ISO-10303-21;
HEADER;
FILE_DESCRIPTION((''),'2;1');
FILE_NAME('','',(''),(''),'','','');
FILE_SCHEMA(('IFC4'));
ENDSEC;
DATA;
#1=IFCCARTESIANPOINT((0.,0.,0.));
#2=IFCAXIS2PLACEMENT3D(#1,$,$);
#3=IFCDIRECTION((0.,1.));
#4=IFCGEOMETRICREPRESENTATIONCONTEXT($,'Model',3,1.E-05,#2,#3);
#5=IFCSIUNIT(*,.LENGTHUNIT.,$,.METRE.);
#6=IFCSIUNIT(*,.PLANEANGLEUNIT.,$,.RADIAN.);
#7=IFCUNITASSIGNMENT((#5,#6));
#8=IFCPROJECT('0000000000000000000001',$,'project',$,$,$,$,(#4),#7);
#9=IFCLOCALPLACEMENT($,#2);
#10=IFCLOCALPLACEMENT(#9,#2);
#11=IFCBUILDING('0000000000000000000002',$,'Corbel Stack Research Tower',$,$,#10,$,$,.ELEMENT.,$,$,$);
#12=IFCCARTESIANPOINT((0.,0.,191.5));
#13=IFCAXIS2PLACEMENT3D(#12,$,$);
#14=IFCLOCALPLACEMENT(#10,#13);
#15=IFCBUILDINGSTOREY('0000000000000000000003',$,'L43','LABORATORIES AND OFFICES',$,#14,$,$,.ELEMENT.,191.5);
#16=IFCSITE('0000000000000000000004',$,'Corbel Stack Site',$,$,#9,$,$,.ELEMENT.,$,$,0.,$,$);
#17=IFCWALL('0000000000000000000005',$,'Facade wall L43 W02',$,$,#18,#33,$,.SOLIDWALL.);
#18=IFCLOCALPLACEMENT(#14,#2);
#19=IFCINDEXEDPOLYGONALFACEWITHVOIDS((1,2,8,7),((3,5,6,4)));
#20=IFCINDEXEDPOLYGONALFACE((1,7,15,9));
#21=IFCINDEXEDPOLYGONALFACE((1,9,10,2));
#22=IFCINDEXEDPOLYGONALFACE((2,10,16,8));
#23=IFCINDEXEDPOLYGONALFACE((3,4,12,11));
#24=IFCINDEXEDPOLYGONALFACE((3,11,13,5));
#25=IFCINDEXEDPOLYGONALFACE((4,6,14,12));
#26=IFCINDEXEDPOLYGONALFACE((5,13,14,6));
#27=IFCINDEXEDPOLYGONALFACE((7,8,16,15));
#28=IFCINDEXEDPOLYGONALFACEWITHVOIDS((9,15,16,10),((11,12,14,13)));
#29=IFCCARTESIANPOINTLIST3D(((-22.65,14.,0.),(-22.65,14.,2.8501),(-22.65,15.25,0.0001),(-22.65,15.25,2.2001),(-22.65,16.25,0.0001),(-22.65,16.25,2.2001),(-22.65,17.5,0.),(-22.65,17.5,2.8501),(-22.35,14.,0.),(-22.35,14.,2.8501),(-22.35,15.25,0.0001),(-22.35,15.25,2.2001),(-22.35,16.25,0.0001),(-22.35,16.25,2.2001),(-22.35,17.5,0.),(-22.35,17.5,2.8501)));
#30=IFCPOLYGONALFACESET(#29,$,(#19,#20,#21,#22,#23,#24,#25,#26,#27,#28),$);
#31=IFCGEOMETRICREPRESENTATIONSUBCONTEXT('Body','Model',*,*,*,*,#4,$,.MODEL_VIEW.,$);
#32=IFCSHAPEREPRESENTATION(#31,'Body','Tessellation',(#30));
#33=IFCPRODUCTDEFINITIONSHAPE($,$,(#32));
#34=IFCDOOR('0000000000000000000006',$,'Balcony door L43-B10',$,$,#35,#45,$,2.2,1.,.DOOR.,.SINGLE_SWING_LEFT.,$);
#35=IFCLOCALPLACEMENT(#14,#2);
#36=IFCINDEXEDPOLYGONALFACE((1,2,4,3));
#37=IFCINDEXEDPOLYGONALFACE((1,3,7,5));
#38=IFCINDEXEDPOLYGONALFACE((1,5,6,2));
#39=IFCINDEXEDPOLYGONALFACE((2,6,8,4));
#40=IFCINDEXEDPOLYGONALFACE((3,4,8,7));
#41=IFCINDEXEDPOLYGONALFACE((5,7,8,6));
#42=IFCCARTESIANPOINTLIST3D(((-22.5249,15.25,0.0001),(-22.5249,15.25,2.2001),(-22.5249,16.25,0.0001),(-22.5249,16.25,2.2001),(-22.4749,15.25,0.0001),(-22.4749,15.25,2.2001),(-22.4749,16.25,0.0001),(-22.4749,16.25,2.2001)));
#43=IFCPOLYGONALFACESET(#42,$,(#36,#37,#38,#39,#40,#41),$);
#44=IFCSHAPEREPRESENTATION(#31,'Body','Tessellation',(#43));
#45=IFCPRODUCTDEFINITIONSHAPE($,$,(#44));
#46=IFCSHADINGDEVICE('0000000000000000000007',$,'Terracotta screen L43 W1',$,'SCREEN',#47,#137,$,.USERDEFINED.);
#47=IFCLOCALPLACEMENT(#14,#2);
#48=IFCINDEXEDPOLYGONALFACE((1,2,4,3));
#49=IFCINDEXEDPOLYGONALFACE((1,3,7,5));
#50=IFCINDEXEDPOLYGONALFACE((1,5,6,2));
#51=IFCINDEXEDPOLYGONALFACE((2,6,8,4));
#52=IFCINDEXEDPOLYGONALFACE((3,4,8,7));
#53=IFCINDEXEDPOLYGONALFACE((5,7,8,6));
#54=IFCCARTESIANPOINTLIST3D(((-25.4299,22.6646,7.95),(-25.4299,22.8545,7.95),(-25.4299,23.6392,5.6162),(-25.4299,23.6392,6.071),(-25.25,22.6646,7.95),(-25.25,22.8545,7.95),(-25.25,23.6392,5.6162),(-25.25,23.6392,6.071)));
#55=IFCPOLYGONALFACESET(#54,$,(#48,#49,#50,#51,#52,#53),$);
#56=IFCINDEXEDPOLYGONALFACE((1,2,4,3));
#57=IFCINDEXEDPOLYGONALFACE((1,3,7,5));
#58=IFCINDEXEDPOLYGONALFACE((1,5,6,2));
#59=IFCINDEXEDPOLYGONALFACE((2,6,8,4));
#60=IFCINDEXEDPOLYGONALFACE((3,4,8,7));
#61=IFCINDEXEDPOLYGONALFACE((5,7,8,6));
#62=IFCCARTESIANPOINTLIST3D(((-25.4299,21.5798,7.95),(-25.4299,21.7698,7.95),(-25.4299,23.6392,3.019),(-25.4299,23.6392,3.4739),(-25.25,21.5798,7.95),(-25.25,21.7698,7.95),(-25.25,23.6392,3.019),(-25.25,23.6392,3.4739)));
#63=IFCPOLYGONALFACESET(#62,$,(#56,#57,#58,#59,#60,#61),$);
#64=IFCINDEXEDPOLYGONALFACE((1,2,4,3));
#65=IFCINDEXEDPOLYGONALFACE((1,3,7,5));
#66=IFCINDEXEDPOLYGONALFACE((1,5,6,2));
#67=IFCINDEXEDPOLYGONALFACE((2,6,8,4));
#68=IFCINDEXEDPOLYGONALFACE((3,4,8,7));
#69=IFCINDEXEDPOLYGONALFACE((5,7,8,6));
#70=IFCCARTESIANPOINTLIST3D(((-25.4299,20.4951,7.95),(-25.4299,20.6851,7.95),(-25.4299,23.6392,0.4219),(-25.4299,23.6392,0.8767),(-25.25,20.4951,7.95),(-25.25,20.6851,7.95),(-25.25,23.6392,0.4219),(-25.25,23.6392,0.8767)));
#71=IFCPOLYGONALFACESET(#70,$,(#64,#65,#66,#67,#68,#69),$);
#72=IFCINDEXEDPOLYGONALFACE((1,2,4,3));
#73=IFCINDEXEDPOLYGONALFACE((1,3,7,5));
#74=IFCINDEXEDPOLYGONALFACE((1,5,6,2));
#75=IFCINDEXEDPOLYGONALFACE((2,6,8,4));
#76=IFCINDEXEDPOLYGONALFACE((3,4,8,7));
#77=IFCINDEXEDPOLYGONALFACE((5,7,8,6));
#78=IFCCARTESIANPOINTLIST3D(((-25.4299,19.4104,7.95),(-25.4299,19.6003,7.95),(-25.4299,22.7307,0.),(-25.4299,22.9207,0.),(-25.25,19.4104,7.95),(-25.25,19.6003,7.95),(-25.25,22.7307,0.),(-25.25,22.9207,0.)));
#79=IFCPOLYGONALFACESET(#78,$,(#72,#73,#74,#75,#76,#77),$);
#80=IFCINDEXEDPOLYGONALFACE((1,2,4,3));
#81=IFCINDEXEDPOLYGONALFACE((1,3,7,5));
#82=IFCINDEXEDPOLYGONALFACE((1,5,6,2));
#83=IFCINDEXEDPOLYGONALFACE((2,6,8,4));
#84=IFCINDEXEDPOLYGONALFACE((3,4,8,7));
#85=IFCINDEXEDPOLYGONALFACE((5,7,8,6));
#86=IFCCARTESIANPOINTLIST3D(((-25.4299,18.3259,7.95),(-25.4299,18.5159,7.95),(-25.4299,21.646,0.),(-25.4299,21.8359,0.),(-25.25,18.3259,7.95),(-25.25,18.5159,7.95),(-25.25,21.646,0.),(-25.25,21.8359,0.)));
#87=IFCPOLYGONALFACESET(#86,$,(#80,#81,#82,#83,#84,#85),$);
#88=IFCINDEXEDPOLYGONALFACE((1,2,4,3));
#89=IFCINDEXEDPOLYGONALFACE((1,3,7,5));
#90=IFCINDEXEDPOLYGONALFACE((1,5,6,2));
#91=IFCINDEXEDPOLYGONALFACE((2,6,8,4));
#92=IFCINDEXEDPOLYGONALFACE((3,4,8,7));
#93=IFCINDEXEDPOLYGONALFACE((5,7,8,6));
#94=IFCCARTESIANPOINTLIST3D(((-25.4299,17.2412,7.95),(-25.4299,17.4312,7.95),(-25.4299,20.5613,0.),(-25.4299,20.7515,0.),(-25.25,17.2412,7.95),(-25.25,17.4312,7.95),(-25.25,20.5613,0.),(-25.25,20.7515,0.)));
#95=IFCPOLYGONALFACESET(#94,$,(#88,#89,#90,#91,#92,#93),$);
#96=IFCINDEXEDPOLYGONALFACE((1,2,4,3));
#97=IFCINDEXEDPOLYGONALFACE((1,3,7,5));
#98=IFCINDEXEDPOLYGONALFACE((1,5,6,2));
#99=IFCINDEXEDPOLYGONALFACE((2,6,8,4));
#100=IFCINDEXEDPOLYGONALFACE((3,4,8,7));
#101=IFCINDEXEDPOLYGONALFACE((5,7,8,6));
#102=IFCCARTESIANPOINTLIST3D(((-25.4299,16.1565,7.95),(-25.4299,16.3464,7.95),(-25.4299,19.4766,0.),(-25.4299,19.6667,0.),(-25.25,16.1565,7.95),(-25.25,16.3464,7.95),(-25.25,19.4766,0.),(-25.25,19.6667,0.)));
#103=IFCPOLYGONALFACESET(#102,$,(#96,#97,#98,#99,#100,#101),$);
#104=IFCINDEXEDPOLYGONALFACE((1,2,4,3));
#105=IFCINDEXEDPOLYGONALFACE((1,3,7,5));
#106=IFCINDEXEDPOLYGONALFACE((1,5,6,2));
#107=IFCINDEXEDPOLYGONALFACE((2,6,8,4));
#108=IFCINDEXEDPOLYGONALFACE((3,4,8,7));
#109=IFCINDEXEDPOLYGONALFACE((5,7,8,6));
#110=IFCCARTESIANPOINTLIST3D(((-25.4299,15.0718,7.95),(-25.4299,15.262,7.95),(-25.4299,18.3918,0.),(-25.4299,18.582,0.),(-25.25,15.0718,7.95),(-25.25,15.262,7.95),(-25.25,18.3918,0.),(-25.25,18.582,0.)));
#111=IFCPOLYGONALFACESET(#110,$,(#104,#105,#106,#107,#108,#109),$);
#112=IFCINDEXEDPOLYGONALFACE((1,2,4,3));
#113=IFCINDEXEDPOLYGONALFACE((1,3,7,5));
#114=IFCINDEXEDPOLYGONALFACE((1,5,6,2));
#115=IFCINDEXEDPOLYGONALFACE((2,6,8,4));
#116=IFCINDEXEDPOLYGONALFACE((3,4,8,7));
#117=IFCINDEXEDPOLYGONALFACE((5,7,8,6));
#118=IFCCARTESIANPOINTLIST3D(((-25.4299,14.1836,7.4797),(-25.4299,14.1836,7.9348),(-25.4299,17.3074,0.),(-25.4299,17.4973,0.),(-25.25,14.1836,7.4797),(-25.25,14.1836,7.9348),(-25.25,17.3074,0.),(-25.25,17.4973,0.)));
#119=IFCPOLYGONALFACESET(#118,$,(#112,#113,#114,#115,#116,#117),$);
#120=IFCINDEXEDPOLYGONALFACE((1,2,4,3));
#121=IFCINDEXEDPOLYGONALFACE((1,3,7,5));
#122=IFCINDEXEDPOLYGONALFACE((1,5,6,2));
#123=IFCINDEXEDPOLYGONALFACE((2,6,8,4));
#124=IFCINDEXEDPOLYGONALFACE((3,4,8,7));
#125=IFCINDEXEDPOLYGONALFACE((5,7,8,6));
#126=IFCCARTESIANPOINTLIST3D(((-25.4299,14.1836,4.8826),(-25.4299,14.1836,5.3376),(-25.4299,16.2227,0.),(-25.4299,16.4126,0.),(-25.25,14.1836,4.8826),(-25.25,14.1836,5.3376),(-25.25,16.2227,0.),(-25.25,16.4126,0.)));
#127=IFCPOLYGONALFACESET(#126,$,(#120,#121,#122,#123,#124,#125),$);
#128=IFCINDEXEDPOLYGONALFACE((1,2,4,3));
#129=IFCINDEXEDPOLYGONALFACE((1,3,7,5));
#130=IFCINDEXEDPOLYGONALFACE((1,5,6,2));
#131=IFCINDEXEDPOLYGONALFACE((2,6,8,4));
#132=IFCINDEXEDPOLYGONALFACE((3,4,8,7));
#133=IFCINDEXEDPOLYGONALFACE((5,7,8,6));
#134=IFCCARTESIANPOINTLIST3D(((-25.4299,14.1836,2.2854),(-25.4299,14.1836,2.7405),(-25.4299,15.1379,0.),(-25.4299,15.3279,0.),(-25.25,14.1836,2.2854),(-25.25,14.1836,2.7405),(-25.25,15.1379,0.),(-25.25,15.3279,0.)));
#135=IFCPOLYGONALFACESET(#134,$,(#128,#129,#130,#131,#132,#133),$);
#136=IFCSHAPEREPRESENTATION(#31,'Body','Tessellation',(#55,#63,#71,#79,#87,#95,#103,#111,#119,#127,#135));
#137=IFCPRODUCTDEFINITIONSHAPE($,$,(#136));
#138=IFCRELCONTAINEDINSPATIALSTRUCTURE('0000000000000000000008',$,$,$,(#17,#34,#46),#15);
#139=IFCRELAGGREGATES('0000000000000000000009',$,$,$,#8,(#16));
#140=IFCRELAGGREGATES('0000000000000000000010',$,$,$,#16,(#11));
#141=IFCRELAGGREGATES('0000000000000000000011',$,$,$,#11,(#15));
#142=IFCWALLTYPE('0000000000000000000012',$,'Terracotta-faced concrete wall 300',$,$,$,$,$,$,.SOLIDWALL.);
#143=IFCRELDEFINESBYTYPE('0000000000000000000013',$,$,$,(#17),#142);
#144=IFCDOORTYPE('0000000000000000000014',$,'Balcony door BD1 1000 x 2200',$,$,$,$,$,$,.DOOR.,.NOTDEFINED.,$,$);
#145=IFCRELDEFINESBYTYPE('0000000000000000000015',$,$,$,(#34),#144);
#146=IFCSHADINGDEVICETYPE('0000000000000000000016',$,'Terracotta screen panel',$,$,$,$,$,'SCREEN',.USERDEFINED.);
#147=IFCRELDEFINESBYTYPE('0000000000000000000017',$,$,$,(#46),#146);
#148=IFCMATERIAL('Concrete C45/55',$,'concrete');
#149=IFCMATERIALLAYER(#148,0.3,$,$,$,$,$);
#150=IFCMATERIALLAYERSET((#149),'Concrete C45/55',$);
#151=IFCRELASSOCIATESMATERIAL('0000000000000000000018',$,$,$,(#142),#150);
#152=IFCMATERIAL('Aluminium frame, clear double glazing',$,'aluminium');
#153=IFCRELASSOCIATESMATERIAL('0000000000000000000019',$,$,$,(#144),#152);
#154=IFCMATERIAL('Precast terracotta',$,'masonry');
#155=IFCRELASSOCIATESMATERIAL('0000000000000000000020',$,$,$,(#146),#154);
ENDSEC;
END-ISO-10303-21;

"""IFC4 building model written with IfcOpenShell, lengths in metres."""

from ifc_helpers import new_model, si_unit, direction, frame, frame_2d, origin, place, context, subcontext, project, spatial, polyline, rectangle, outline, extrude, source, transform, mapped, material, layer, layer_set, type_object, element, fill, save


model = new_model("IFC4")

# Units and contexts
model_context = context("Model", 3, precision=1e-05, world=origin(), true_north=direction((0.0, 1.0)))
body_context = subcontext(model_context, "Body", "Model", "MODEL_VIEW")
ifc_project = project(units=[si_unit("LENGTHUNIT", "METRE"), si_unit("PLANEANGLEUNIT", "RADIAN")], contexts=[model_context])

# Site, building, storey
site_placement = place(None, origin())
site = spatial("IfcSite", under=ifc_project, at=site_placement, Name="Corbel Stack Site", CompositionType="ELEMENT", RefElevation=0.0)
building_placement = place(site_placement, origin())
building = spatial("IfcBuilding", under=site, at=building_placement, Name="Corbel Stack Research Tower", CompositionType="ELEMENT")
storey_placement = place(building_placement, frame((0.0, 0.0, 191.5)))
storey = spatial("IfcBuildingStorey", under=building, at=storey_placement, Name="L43", Description="LABORATORIES AND OFFICES", CompositionType="ELEMENT", Elevation=191.5)

# Shared definitions
ifc_material_1 = material(Name="Concrete C45/55", Category="concrete")
ifc_layer_1 = layer(ifc_material_1, 0.3)
ifc_layer_set_1 = layer_set([ifc_layer_1], Name="Concrete C45/55")
wall_type_1 = type_object("IfcWallType", Name="Terracotta-faced concrete wall 300", PredefinedType="SOLIDWALL", material=ifc_layer_set_1)
ifc_material_2 = material(Name="Aluminium frame, clear double glazing", Category="aluminium")
door_type_1 = type_object("IfcDoorType", Name="Balcony door BD1 1000 x 2200", OperationType="NOTDEFINED", PredefinedType="DOOR", material=ifc_material_2)

# Wall, opening, door
wall_1_placement = place(storey_placement, frame((-22.5, 14.0, 0.0), z_axis=(0.0, 0.0, 1.0), x_axis=(0.0, 1.0, 0.0)))
wall_1 = element("IfcWall", 1, at=wall_1_placement, inside=storey, type_object=wall_type_1, Name="Facade wall L43 W02", PredefinedType="SOLIDWALL", context=body_context, shape_type="SweptSolid", body=[
    extrude(rectangle(XDim=3.5, YDim=0.3, at=frame_2d((1.75, 0.0))), origin(), (0.0, 0.0, 1.0), 2.8501),
])
opening_1_placement = place(wall_1_placement, frame((1.25, 0.0, 0.0)))
opening_1 = element("IfcOpeningElement", 2, at=opening_1_placement, cuts=wall_1, PredefinedType="OPENING", context=body_context, shape_type="SweptSolid", body=[
    extrude(rectangle(XDim=1.0, YDim=2.2, at=frame_2d((0.5, 1.1001))), frame((0.0, 0.1599, 0.0), z_axis=(0.0, -1.0, 0.0), x_axis=(1.0, 0.0, 0.0)), (0.0, 0.0, 1.0), 0.3201),
])
door_1_placement = place(opening_1_placement, origin())
door_1 = element("IfcDoor", 3, at=door_1_placement, inside=storey, type_object=door_type_1, Name="Balcony door L43-B10", OperationType="SINGLE_SWING_LEFT", OverallHeight=2.2, OverallWidth=1.0, PredefinedType="DOOR", context=body_context, shape_type="SweptSolid", body=[
    extrude(rectangle(XDim=1.0, YDim=2.2, at=frame_2d((0.5, 1.1001))), frame((0.0, 0.0249, 0.0), z_axis=(0.0, -1.0, 0.0), x_axis=(1.0, 0.0, 0.0)), (0.0, 0.0, 1.0), 0.05),
])
fill(opening_1, door_1)

# Shading device
ifc_material_3 = material(Name="Precast terracotta", Category="masonry")
shading_device_type = type_object("IfcShadingDeviceType", Name="Terracotta screen panel", ElementType="SCREEN", PredefinedType="USERDEFINED", material=ifc_material_3)
shared_shape_1 = source(origin(), body_context, "Body", "SweptSolid", [
    extrude(outline(polyline([(0.9746, 7.95), (0.7847, 7.95), (0.0, 6.071), (0.0, 5.6162), (0.9746, 7.95)])), frame((0.0, 0.0, 0.0), z_axis=(0.0, -1.0, 0.0), x_axis=(1.0, 0.0, 0.0)), (0.0, 0.0, 1.0), 0.1799),
    extrude(outline(polyline([(2.0593, 7.95), (1.8694, 7.95), (0.0, 3.4739), (0.0, 3.019), (2.0593, 7.95)])), frame((0.0, 0.0, 0.0), z_axis=(0.0, -1.0, 0.0), x_axis=(1.0, 0.0, 0.0)), (0.0, 0.0, 1.0), 0.1799),
    extrude(outline(polyline([(3.144, 7.95), (2.9541, 7.95), (0.0, 0.8767), (0.0, 0.4219), (3.144, 7.95)])), frame((0.0, 0.0, 0.0), z_axis=(0.0, -1.0, 0.0), x_axis=(1.0, 0.0, 0.0)), (0.0, 0.0, 1.0), 0.1799),
    extrude(outline(polyline([(0.9084, 0.0), (4.2288, 7.95), (4.0388, 7.95), (0.7185, 0.0), (0.9084, 0.0)])), frame((0.0, 0.0, 0.0), z_axis=(0.0, -1.0, 0.0), x_axis=(1.0, 0.0, 0.0)), (0.0, 0.0, 1.0), 0.1799),
    extrude(outline(polyline([(1.9932, 0.0), (5.3132, 7.95), (5.1233, 7.95), (1.8032, 0.0), (1.9932, 0.0)])), frame((0.0, 0.0, 0.0), z_axis=(0.0, -1.0, 0.0), x_axis=(1.0, 0.0, 0.0)), (0.0, 0.0, 1.0), 0.1799),
    extrude(outline(polyline([(3.0779, 0.0), (6.3979, 7.95), (6.208, 7.95), (2.8877, 0.0), (3.0779, 0.0)])), frame((0.0, 0.0, 0.0), z_axis=(0.0, -1.0, 0.0), x_axis=(1.0, 0.0, 0.0)), (0.0, 0.0, 1.0), 0.1799),
    extrude(outline(polyline([(4.1626, 0.0), (7.4827, 7.95), (7.2927, 7.95), (3.9724, 0.0), (4.1626, 0.0)])), frame((0.0, 0.0, 0.0), z_axis=(0.0, -1.0, 0.0), x_axis=(1.0, 0.0, 0.0)), (0.0, 0.0, 1.0), 0.1799),
    extrude(outline(polyline([(5.2473, 0.0), (8.5674, 7.95), (8.3772, 7.95), (5.0571, 0.0), (5.2473, 0.0)])), frame((0.0, 0.0, 0.0), z_axis=(0.0, -1.0, 0.0), x_axis=(1.0, 0.0, 0.0)), (0.0, 0.0, 1.0), 0.1799),
    extrude(outline(polyline([(6.3318, 0.0), (9.4556, 7.4797), (9.4556, 7.9348), (6.1418, 0.0), (6.3318, 0.0)])), frame((0.0, 0.0, 0.0), z_axis=(0.0, -1.0, 0.0), x_axis=(1.0, 0.0, 0.0)), (0.0, 0.0, 1.0), 0.1799),
    extrude(outline(polyline([(7.4165, 0.0), (9.4556, 4.8826), (9.4556, 5.3376), (7.2266, 0.0), (7.4165, 0.0)])), frame((0.0, 0.0, 0.0), z_axis=(0.0, -1.0, 0.0), x_axis=(1.0, 0.0, 0.0)), (0.0, 0.0, 1.0), 0.1799),
    extrude(outline(polyline([(8.5012, 0.0), (9.4556, 2.2854), (9.4556, 2.7405), (8.3113, 0.0), (8.5012, 0.0)])), frame((0.0, 0.0, 0.0), z_axis=(0.0, -1.0, 0.0), x_axis=(1.0, 0.0, 0.0)), (0.0, 0.0, 1.0), 0.1799),
])
shading_device_1_placement = place(storey_placement, frame((-25.25, 23.6392, 0.0), z_axis=(0.0, 0.0, 1.0), x_axis=(0.0, -1.0, 0.0)))
element("IfcShadingDevice", 4, at=shading_device_1_placement, inside=storey, type_object=shading_device_type, Name="Terracotta screen L43 W1", ObjectType="SCREEN", PredefinedType="USERDEFINED", context=body_context, shape_type="MappedRepresentation", body=[
    mapped(shared_shape_1, transform((0.0, 0.0, 0.0))),
])

save(model, "model.ifc")
